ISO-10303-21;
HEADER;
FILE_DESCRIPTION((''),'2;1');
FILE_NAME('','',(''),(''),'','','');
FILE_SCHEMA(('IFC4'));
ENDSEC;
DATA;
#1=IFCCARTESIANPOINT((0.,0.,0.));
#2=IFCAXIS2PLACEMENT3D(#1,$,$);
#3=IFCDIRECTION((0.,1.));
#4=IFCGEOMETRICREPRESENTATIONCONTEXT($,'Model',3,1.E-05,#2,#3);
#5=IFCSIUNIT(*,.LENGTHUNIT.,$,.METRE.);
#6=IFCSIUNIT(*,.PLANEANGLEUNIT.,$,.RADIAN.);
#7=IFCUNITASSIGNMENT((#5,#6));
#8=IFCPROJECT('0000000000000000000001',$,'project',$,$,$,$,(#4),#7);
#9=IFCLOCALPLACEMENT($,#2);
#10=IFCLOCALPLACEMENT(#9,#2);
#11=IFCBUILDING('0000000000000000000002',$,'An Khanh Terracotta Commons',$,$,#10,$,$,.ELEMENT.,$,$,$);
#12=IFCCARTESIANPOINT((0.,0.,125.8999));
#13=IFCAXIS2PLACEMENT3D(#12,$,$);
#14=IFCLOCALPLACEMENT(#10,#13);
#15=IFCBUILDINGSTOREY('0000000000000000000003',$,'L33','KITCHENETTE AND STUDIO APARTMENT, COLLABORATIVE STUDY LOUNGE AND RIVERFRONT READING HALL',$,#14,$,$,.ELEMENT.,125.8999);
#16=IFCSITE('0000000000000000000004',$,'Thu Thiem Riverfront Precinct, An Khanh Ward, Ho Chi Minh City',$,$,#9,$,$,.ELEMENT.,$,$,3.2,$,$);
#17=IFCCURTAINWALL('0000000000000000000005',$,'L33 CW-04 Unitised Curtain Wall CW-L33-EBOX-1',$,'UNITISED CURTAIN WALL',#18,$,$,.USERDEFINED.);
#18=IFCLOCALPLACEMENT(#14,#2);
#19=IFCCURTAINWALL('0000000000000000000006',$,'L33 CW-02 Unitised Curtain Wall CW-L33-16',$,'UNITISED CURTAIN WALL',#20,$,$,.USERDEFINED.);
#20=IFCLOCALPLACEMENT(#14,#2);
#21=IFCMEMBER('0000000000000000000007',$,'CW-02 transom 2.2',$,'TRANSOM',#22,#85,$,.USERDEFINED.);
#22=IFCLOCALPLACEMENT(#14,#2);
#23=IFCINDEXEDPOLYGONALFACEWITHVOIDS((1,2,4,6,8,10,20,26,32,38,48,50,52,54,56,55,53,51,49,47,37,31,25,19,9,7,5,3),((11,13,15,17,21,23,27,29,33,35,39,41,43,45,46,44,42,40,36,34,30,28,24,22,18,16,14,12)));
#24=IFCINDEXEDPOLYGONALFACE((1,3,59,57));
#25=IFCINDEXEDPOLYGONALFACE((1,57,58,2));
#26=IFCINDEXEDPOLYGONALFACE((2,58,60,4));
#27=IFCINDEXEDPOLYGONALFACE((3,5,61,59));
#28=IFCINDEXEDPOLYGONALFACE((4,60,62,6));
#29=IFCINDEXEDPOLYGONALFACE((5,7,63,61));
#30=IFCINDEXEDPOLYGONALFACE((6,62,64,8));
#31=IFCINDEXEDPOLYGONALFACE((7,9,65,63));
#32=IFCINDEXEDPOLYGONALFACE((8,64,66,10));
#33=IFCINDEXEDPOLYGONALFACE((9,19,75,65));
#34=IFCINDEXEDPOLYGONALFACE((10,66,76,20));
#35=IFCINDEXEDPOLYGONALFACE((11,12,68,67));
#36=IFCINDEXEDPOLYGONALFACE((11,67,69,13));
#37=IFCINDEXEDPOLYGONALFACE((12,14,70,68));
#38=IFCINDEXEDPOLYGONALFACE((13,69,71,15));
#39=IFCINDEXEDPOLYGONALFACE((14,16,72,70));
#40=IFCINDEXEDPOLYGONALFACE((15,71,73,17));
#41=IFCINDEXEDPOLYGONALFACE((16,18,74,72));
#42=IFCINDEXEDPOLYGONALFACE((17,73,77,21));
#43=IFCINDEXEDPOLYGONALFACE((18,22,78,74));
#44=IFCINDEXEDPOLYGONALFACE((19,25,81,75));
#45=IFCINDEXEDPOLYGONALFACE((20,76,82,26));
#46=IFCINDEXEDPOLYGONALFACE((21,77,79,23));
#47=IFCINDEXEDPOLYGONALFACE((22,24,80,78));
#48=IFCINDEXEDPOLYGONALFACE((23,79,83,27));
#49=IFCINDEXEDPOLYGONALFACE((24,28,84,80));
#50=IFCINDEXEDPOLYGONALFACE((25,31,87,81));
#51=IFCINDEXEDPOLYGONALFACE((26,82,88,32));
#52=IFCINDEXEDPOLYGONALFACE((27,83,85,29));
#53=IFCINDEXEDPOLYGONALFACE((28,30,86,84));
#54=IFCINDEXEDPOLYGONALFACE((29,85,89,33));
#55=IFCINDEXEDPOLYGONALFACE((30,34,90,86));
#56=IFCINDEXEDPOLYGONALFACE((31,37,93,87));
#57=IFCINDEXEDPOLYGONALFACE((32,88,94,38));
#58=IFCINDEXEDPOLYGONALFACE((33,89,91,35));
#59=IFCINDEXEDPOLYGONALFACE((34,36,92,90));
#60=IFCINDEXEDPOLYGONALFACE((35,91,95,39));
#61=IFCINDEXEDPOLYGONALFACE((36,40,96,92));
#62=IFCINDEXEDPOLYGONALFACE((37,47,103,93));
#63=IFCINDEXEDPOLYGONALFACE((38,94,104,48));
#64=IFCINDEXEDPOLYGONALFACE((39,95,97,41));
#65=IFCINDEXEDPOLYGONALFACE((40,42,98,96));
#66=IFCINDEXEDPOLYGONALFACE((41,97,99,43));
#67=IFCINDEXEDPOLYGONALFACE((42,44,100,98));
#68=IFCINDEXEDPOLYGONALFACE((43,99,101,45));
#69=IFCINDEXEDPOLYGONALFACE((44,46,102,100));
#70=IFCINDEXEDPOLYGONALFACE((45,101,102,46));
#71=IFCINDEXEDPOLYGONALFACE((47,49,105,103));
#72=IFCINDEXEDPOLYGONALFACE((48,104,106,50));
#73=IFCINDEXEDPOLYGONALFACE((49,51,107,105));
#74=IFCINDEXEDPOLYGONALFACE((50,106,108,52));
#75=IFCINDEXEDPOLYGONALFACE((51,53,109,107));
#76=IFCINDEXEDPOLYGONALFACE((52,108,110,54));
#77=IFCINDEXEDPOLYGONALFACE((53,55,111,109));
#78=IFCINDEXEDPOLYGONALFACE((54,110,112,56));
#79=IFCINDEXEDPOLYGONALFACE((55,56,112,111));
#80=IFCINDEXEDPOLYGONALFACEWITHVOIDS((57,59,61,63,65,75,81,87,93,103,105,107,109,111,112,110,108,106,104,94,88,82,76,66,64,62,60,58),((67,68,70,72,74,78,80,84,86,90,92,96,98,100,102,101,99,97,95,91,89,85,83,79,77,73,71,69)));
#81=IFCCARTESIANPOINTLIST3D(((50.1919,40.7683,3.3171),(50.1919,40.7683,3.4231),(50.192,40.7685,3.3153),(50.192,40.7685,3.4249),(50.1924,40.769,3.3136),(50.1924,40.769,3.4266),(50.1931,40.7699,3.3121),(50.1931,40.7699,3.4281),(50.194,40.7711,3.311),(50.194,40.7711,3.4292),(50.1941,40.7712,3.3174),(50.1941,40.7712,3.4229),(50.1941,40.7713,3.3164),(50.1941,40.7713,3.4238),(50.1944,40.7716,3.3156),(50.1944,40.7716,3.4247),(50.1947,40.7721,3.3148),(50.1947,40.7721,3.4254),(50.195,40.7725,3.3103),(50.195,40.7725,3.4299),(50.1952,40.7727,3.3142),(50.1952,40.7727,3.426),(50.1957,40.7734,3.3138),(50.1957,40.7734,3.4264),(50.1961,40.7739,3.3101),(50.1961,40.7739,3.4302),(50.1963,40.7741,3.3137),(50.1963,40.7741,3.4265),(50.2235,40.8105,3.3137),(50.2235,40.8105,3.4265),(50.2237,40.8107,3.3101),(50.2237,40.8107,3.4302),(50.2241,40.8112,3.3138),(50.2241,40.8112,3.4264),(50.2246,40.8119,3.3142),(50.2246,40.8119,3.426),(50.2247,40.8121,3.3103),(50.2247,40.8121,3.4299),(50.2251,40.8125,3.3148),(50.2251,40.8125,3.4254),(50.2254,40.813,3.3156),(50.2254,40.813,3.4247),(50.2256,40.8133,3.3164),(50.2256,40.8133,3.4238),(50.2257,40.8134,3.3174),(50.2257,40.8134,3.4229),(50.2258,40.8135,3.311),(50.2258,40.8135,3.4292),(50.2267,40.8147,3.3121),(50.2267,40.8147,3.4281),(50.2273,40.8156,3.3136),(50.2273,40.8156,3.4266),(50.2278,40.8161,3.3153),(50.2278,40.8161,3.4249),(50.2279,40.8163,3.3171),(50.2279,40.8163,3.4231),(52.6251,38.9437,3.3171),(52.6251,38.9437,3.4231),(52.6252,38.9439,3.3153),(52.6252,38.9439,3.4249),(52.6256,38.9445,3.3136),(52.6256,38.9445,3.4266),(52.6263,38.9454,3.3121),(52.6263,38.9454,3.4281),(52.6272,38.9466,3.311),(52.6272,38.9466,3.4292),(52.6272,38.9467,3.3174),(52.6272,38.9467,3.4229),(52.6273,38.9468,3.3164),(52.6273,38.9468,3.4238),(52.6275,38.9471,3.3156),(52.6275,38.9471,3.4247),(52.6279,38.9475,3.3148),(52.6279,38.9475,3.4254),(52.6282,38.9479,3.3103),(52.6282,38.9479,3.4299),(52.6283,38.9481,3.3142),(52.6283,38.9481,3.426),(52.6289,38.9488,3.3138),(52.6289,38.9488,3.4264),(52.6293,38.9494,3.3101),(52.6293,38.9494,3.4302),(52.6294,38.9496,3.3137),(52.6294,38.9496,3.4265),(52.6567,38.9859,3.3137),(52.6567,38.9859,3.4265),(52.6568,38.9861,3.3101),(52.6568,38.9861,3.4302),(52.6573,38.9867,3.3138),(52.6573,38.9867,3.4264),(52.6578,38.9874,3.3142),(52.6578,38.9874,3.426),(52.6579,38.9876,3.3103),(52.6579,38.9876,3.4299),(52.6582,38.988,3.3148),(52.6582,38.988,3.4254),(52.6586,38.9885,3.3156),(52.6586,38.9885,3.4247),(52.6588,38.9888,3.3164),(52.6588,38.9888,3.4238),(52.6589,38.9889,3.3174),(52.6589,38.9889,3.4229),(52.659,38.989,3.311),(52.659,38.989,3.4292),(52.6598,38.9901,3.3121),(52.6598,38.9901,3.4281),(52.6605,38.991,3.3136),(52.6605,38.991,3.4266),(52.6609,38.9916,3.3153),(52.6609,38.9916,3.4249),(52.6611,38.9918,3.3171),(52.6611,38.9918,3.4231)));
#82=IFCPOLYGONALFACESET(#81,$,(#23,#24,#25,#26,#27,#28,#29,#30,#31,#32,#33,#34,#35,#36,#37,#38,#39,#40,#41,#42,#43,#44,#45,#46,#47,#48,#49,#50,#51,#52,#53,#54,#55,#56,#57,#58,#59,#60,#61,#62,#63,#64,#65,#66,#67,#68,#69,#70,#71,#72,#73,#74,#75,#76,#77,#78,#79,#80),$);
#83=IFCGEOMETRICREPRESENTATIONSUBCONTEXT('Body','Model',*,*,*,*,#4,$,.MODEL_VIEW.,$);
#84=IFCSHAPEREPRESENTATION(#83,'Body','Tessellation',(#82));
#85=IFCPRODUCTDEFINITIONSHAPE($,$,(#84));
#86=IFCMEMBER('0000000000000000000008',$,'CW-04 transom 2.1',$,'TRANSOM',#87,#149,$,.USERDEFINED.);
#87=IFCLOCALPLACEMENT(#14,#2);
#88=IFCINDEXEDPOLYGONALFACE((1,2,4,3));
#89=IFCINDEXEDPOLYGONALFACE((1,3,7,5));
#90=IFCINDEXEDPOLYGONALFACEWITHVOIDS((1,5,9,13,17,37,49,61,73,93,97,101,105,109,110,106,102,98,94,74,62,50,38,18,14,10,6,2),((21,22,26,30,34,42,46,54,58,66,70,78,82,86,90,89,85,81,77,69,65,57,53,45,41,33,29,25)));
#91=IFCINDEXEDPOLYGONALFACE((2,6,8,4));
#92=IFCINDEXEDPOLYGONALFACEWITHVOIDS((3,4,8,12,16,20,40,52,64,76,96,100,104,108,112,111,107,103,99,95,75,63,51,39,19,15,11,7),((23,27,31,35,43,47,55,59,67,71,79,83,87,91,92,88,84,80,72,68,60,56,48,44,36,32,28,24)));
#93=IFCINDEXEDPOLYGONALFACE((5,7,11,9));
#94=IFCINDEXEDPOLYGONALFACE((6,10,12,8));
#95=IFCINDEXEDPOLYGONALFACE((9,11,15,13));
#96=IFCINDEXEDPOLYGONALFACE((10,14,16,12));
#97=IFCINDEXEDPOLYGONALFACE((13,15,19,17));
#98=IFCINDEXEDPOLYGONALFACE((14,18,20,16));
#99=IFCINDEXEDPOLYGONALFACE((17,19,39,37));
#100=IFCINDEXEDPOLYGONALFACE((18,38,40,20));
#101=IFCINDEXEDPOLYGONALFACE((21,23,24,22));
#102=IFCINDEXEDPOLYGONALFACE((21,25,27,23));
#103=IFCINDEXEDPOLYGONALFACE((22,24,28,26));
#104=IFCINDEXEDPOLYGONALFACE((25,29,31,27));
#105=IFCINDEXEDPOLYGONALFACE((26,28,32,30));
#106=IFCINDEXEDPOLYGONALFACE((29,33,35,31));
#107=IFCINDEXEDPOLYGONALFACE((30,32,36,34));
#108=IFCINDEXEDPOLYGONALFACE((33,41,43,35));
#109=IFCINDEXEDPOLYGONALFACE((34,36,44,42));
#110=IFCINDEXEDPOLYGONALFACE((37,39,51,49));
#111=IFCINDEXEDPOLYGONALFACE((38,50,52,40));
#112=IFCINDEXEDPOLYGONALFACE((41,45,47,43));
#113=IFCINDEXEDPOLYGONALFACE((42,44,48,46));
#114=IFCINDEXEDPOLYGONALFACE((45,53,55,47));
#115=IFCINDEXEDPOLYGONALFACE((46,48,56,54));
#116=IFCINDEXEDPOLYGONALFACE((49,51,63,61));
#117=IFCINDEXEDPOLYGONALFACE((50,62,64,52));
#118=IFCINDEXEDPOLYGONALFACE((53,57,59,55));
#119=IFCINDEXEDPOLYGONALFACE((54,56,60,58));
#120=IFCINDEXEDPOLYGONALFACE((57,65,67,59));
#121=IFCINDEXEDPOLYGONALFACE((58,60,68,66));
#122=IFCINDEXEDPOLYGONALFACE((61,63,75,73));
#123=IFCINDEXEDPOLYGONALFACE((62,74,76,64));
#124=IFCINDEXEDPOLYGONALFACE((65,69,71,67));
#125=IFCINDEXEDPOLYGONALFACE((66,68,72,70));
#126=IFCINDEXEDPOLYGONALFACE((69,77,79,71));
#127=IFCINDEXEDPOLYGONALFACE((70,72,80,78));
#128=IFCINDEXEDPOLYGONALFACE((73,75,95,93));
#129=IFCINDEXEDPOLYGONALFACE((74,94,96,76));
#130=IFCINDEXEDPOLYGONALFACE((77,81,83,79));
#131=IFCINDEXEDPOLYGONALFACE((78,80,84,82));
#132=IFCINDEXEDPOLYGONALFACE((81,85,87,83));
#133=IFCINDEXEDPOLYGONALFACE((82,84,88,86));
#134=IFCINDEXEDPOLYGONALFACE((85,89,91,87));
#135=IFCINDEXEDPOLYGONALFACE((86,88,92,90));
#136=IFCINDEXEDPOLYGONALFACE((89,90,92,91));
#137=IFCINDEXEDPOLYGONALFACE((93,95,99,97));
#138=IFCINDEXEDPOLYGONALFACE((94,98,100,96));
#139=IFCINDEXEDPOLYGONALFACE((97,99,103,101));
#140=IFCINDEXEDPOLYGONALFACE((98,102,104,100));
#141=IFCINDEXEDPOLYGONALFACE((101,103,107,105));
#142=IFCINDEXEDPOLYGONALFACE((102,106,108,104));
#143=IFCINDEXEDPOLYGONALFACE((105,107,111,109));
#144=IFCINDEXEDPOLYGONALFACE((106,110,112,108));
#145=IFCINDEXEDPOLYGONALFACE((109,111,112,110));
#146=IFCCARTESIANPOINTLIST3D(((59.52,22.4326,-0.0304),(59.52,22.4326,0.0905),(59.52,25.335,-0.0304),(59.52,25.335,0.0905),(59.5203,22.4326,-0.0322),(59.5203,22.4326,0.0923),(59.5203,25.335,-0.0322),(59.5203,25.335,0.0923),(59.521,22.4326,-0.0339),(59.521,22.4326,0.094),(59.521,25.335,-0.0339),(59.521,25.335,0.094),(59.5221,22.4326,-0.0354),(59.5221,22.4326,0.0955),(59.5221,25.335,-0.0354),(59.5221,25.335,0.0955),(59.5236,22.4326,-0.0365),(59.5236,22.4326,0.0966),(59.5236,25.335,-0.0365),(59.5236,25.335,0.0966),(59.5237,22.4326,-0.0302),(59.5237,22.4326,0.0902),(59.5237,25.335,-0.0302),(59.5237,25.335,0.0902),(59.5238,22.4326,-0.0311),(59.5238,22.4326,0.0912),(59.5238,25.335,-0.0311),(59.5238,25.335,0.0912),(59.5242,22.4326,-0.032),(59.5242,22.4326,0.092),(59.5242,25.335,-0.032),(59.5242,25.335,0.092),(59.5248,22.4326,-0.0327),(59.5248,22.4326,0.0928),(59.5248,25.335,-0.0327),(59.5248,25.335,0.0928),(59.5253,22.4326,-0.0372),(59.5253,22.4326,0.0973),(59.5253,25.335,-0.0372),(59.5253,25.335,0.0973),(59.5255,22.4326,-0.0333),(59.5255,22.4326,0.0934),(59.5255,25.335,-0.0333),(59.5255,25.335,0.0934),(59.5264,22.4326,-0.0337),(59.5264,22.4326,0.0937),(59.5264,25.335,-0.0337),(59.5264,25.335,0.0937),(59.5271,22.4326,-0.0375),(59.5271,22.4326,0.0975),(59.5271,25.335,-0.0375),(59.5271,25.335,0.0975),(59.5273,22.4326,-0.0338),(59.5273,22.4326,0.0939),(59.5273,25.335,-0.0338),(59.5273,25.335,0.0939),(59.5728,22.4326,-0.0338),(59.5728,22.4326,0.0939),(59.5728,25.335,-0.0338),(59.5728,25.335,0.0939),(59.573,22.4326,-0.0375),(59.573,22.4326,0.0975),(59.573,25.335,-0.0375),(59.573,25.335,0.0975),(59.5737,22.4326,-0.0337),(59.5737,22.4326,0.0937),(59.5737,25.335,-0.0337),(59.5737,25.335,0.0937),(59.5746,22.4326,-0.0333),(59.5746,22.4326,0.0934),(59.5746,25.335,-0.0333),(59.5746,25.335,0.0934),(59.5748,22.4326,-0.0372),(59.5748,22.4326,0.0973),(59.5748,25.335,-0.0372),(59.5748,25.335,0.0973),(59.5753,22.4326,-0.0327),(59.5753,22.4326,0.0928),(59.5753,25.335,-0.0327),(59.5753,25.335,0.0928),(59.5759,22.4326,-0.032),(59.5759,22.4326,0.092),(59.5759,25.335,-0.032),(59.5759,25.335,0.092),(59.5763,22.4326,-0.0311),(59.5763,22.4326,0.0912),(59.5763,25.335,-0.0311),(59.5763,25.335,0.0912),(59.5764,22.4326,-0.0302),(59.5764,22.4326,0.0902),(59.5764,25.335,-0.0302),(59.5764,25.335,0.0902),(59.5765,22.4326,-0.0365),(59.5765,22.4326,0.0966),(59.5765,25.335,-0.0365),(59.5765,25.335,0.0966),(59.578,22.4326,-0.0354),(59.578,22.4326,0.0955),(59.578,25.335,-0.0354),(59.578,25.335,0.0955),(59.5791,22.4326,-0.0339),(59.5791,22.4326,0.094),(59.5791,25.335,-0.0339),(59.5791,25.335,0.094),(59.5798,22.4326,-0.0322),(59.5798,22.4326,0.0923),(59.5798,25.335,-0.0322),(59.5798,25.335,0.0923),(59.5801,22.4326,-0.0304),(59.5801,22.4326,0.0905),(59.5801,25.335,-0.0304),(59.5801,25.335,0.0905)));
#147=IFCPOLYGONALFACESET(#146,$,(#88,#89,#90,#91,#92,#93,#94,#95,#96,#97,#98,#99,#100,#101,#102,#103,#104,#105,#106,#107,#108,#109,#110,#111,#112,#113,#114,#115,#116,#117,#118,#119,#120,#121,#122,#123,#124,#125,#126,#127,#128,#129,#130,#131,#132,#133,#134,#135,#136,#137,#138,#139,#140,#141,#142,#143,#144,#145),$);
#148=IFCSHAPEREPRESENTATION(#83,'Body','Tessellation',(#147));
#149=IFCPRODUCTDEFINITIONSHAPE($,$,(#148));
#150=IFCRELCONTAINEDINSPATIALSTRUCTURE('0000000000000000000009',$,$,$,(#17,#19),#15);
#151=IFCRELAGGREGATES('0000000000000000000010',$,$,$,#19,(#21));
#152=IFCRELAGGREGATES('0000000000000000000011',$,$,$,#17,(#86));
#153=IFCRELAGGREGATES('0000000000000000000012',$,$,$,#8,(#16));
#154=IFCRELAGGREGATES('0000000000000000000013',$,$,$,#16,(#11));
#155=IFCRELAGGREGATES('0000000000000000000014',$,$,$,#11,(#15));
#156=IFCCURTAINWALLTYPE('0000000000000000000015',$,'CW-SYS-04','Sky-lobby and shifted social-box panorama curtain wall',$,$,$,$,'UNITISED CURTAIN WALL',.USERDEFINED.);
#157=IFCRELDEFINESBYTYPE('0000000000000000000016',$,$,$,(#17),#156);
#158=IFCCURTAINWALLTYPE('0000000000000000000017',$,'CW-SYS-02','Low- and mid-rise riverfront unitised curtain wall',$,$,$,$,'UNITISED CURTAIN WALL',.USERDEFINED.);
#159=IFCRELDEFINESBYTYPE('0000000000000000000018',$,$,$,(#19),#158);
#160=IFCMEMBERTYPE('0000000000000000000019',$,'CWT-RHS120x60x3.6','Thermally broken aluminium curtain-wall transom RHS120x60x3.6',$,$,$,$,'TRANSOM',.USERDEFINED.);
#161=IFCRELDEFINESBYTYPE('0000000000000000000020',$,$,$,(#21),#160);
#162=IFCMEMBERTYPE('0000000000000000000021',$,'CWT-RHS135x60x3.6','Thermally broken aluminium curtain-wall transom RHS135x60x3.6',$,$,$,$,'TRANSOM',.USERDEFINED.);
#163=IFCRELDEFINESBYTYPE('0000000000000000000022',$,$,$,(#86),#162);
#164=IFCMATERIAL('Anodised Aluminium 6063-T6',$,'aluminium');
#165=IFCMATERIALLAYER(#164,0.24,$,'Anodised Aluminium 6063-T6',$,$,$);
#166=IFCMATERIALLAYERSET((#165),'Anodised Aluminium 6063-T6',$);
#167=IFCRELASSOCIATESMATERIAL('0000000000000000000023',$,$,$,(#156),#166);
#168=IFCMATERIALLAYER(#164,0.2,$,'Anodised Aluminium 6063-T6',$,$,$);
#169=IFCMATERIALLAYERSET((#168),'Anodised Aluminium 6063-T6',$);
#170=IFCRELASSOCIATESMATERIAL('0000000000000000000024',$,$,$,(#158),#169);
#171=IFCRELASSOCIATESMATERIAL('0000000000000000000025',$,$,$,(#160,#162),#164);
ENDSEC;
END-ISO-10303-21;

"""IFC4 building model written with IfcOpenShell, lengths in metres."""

from ifc_helpers import new_model, si_unit, direction, frame, origin, origin_2d, place, context, subcontext, project, spatial, hollow_rectangle, extrude, material, layer, layer_set, material_profile, profile_set, type_object, element, aggregate, save


model = new_model("IFC4")

# Units and contexts
model_context = context("Model", 3, precision=1e-05, world=origin(), true_north=direction((0.0, 1.0)))
body_context = subcontext(model_context, "Body", "Model", "MODEL_VIEW")
ifc_project = project(units=[si_unit("LENGTHUNIT", "METRE"), si_unit("PLANEANGLEUNIT", "RADIAN")], contexts=[model_context])

# Site, building, storey
site_placement = place(None, origin())
site = spatial("IfcSite", under=ifc_project, at=site_placement, Name="Thu Thiem Riverfront Precinct, An Khanh Ward, Ho Chi Minh City", CompositionType="ELEMENT", RefElevation=3.2)
building_placement = place(site_placement, origin())
building = spatial("IfcBuilding", under=site, at=building_placement, Name="An Khanh Terracotta Commons", CompositionType="ELEMENT")
storey_placement = place(building_placement, frame((0.0, 0.0, 125.8999)))
storey = spatial("IfcBuildingStorey", under=building, at=storey_placement, Name="L33", Description="KITCHENETTE AND STUDIO APARTMENT, COLLABORATIVE STUDY LOUNGE AND RIVERFRONT READING HALL", CompositionType="ELEMENT", Elevation=125.8999)

# Curtain wall
ifc_material_1 = material(Name="Anodised Aluminium 6063-T6", Category="aluminium")
ifc_layer_1 = layer(ifc_material_1, 0.24, Name="Anodised Aluminium 6063-T6")
ifc_layer_set_1 = layer_set([ifc_layer_1], Name="Anodised Aluminium 6063-T6")
curtain_wall_type_1 = type_object("IfcCurtainWallType", Name="CW-SYS-04", Description="Sky-lobby and shifted social-box panorama curtain wall", ElementType="UNITISED CURTAIN WALL", PredefinedType="USERDEFINED", material=ifc_layer_set_1)
curtain_wall_1_placement = place(storey_placement, origin())
curtain_wall_1 = element("IfcCurtainWall", 1, at=curtain_wall_1_placement, inside=storey, type_object=curtain_wall_type_1, Name="L33 CW-04 Unitised Curtain Wall CW-L33-EBOX-1", ObjectType="UNITISED CURTAIN WALL", PredefinedType="USERDEFINED")

# Curtain wall, member
ifc_layer_2 = layer(ifc_material_1, 0.2, Name="Anodised Aluminium 6063-T6")
ifc_layer_set_2 = layer_set([ifc_layer_2], Name="Anodised Aluminium 6063-T6")
curtain_wall_type_2 = type_object("IfcCurtainWallType", Name="CW-SYS-02", Description="Low- and mid-rise riverfront unitised curtain wall", ElementType="UNITISED CURTAIN WALL", PredefinedType="USERDEFINED", material=ifc_layer_set_2)
curtain_wall_2_placement = place(storey_placement, origin())
curtain_wall_2 = element("IfcCurtainWall", 2, at=curtain_wall_2_placement, inside=storey, type_object=curtain_wall_type_2, Name="L33 CW-02 Unitised Curtain Wall CW-L33-16", ObjectType="UNITISED CURTAIN WALL", PredefinedType="USERDEFINED")
ifc_material_profile_1 = material_profile(ifc_material_1, hollow_rectangle(XDim=0.0601, YDim=0.1201, WallThickness=0.0037, InnerFilletRadius=0.0037, OuterFilletRadius=0.0071, at=origin_2d()), Name="RHS120x60x3.6")
ifc_profile_set_1 = profile_set([ifc_material_profile_1], Name="Anodised Aluminium 6063-T6")
member_type_1 = type_object("IfcMemberType", Name="CWT-RHS120x60x3.6", Description="Thermally broken aluminium curtain-wall transom RHS120x60x3.6", ElementType="TRANSOM", PredefinedType="USERDEFINED", material=ifc_profile_set_1)
member_1_placement = place(storey_placement, frame((52.6431, 38.9678, 3.3701), z_axis=(-0.800058, 0.599923, 0.0), x_axis=(-0.599923, -0.800058, 0.0)))
member_1 = element("IfcMember", 3, at=member_1_placement, type_object=member_type_1, Name="CW-02 transom 2.2", ObjectType="TRANSOM", PredefinedType="USERDEFINED", context=body_context, shape_type="SweptSolid", body=[
    extrude(hollow_rectangle(XDim=0.0601, YDim=0.1201, WallThickness=0.0037, InnerFilletRadius=0.0037, OuterFilletRadius=0.0071, at=origin_2d()), origin(), (0.0, 0.0, 1.0), 3.0413),
])

# Member
ifc_material_profile_2 = material_profile(ifc_material_1, hollow_rectangle(XDim=0.0601, YDim=0.135, WallThickness=0.0037, InnerFilletRadius=0.0037, OuterFilletRadius=0.0071, at=origin_2d()), Name="RHS135x60x3.6")
ifc_profile_set_2 = profile_set([ifc_material_profile_2], Name="Anodised Aluminium 6063-T6")
member_type_2 = type_object("IfcMemberType", Name="CWT-RHS135x60x3.6", Description="Thermally broken aluminium curtain-wall transom RHS135x60x3.6", ElementType="TRANSOM", PredefinedType="USERDEFINED", material=ifc_profile_set_2)
member_2_placement = place(storey_placement, frame((59.55, 22.4326, 0.03), z_axis=(0.0, 1.0, 0.0), x_axis=(-1.0, 0.0, 0.0)))
member_2 = element("IfcMember", 4, at=member_2_placement, type_object=member_type_2, Name="CW-04 transom 2.1", ObjectType="TRANSOM", PredefinedType="USERDEFINED", context=body_context, shape_type="SweptSolid", body=[
    extrude(hollow_rectangle(XDim=0.0601, YDim=0.135, WallThickness=0.0037, InnerFilletRadius=0.0037, OuterFilletRadius=0.0071, at=origin_2d()), origin(), (0.0, 0.0, 1.0), 2.9023),
])

aggregate(curtain_wall_2, [member_1])
aggregate(curtain_wall_1, [member_2])

save(model, "model.ifc")
